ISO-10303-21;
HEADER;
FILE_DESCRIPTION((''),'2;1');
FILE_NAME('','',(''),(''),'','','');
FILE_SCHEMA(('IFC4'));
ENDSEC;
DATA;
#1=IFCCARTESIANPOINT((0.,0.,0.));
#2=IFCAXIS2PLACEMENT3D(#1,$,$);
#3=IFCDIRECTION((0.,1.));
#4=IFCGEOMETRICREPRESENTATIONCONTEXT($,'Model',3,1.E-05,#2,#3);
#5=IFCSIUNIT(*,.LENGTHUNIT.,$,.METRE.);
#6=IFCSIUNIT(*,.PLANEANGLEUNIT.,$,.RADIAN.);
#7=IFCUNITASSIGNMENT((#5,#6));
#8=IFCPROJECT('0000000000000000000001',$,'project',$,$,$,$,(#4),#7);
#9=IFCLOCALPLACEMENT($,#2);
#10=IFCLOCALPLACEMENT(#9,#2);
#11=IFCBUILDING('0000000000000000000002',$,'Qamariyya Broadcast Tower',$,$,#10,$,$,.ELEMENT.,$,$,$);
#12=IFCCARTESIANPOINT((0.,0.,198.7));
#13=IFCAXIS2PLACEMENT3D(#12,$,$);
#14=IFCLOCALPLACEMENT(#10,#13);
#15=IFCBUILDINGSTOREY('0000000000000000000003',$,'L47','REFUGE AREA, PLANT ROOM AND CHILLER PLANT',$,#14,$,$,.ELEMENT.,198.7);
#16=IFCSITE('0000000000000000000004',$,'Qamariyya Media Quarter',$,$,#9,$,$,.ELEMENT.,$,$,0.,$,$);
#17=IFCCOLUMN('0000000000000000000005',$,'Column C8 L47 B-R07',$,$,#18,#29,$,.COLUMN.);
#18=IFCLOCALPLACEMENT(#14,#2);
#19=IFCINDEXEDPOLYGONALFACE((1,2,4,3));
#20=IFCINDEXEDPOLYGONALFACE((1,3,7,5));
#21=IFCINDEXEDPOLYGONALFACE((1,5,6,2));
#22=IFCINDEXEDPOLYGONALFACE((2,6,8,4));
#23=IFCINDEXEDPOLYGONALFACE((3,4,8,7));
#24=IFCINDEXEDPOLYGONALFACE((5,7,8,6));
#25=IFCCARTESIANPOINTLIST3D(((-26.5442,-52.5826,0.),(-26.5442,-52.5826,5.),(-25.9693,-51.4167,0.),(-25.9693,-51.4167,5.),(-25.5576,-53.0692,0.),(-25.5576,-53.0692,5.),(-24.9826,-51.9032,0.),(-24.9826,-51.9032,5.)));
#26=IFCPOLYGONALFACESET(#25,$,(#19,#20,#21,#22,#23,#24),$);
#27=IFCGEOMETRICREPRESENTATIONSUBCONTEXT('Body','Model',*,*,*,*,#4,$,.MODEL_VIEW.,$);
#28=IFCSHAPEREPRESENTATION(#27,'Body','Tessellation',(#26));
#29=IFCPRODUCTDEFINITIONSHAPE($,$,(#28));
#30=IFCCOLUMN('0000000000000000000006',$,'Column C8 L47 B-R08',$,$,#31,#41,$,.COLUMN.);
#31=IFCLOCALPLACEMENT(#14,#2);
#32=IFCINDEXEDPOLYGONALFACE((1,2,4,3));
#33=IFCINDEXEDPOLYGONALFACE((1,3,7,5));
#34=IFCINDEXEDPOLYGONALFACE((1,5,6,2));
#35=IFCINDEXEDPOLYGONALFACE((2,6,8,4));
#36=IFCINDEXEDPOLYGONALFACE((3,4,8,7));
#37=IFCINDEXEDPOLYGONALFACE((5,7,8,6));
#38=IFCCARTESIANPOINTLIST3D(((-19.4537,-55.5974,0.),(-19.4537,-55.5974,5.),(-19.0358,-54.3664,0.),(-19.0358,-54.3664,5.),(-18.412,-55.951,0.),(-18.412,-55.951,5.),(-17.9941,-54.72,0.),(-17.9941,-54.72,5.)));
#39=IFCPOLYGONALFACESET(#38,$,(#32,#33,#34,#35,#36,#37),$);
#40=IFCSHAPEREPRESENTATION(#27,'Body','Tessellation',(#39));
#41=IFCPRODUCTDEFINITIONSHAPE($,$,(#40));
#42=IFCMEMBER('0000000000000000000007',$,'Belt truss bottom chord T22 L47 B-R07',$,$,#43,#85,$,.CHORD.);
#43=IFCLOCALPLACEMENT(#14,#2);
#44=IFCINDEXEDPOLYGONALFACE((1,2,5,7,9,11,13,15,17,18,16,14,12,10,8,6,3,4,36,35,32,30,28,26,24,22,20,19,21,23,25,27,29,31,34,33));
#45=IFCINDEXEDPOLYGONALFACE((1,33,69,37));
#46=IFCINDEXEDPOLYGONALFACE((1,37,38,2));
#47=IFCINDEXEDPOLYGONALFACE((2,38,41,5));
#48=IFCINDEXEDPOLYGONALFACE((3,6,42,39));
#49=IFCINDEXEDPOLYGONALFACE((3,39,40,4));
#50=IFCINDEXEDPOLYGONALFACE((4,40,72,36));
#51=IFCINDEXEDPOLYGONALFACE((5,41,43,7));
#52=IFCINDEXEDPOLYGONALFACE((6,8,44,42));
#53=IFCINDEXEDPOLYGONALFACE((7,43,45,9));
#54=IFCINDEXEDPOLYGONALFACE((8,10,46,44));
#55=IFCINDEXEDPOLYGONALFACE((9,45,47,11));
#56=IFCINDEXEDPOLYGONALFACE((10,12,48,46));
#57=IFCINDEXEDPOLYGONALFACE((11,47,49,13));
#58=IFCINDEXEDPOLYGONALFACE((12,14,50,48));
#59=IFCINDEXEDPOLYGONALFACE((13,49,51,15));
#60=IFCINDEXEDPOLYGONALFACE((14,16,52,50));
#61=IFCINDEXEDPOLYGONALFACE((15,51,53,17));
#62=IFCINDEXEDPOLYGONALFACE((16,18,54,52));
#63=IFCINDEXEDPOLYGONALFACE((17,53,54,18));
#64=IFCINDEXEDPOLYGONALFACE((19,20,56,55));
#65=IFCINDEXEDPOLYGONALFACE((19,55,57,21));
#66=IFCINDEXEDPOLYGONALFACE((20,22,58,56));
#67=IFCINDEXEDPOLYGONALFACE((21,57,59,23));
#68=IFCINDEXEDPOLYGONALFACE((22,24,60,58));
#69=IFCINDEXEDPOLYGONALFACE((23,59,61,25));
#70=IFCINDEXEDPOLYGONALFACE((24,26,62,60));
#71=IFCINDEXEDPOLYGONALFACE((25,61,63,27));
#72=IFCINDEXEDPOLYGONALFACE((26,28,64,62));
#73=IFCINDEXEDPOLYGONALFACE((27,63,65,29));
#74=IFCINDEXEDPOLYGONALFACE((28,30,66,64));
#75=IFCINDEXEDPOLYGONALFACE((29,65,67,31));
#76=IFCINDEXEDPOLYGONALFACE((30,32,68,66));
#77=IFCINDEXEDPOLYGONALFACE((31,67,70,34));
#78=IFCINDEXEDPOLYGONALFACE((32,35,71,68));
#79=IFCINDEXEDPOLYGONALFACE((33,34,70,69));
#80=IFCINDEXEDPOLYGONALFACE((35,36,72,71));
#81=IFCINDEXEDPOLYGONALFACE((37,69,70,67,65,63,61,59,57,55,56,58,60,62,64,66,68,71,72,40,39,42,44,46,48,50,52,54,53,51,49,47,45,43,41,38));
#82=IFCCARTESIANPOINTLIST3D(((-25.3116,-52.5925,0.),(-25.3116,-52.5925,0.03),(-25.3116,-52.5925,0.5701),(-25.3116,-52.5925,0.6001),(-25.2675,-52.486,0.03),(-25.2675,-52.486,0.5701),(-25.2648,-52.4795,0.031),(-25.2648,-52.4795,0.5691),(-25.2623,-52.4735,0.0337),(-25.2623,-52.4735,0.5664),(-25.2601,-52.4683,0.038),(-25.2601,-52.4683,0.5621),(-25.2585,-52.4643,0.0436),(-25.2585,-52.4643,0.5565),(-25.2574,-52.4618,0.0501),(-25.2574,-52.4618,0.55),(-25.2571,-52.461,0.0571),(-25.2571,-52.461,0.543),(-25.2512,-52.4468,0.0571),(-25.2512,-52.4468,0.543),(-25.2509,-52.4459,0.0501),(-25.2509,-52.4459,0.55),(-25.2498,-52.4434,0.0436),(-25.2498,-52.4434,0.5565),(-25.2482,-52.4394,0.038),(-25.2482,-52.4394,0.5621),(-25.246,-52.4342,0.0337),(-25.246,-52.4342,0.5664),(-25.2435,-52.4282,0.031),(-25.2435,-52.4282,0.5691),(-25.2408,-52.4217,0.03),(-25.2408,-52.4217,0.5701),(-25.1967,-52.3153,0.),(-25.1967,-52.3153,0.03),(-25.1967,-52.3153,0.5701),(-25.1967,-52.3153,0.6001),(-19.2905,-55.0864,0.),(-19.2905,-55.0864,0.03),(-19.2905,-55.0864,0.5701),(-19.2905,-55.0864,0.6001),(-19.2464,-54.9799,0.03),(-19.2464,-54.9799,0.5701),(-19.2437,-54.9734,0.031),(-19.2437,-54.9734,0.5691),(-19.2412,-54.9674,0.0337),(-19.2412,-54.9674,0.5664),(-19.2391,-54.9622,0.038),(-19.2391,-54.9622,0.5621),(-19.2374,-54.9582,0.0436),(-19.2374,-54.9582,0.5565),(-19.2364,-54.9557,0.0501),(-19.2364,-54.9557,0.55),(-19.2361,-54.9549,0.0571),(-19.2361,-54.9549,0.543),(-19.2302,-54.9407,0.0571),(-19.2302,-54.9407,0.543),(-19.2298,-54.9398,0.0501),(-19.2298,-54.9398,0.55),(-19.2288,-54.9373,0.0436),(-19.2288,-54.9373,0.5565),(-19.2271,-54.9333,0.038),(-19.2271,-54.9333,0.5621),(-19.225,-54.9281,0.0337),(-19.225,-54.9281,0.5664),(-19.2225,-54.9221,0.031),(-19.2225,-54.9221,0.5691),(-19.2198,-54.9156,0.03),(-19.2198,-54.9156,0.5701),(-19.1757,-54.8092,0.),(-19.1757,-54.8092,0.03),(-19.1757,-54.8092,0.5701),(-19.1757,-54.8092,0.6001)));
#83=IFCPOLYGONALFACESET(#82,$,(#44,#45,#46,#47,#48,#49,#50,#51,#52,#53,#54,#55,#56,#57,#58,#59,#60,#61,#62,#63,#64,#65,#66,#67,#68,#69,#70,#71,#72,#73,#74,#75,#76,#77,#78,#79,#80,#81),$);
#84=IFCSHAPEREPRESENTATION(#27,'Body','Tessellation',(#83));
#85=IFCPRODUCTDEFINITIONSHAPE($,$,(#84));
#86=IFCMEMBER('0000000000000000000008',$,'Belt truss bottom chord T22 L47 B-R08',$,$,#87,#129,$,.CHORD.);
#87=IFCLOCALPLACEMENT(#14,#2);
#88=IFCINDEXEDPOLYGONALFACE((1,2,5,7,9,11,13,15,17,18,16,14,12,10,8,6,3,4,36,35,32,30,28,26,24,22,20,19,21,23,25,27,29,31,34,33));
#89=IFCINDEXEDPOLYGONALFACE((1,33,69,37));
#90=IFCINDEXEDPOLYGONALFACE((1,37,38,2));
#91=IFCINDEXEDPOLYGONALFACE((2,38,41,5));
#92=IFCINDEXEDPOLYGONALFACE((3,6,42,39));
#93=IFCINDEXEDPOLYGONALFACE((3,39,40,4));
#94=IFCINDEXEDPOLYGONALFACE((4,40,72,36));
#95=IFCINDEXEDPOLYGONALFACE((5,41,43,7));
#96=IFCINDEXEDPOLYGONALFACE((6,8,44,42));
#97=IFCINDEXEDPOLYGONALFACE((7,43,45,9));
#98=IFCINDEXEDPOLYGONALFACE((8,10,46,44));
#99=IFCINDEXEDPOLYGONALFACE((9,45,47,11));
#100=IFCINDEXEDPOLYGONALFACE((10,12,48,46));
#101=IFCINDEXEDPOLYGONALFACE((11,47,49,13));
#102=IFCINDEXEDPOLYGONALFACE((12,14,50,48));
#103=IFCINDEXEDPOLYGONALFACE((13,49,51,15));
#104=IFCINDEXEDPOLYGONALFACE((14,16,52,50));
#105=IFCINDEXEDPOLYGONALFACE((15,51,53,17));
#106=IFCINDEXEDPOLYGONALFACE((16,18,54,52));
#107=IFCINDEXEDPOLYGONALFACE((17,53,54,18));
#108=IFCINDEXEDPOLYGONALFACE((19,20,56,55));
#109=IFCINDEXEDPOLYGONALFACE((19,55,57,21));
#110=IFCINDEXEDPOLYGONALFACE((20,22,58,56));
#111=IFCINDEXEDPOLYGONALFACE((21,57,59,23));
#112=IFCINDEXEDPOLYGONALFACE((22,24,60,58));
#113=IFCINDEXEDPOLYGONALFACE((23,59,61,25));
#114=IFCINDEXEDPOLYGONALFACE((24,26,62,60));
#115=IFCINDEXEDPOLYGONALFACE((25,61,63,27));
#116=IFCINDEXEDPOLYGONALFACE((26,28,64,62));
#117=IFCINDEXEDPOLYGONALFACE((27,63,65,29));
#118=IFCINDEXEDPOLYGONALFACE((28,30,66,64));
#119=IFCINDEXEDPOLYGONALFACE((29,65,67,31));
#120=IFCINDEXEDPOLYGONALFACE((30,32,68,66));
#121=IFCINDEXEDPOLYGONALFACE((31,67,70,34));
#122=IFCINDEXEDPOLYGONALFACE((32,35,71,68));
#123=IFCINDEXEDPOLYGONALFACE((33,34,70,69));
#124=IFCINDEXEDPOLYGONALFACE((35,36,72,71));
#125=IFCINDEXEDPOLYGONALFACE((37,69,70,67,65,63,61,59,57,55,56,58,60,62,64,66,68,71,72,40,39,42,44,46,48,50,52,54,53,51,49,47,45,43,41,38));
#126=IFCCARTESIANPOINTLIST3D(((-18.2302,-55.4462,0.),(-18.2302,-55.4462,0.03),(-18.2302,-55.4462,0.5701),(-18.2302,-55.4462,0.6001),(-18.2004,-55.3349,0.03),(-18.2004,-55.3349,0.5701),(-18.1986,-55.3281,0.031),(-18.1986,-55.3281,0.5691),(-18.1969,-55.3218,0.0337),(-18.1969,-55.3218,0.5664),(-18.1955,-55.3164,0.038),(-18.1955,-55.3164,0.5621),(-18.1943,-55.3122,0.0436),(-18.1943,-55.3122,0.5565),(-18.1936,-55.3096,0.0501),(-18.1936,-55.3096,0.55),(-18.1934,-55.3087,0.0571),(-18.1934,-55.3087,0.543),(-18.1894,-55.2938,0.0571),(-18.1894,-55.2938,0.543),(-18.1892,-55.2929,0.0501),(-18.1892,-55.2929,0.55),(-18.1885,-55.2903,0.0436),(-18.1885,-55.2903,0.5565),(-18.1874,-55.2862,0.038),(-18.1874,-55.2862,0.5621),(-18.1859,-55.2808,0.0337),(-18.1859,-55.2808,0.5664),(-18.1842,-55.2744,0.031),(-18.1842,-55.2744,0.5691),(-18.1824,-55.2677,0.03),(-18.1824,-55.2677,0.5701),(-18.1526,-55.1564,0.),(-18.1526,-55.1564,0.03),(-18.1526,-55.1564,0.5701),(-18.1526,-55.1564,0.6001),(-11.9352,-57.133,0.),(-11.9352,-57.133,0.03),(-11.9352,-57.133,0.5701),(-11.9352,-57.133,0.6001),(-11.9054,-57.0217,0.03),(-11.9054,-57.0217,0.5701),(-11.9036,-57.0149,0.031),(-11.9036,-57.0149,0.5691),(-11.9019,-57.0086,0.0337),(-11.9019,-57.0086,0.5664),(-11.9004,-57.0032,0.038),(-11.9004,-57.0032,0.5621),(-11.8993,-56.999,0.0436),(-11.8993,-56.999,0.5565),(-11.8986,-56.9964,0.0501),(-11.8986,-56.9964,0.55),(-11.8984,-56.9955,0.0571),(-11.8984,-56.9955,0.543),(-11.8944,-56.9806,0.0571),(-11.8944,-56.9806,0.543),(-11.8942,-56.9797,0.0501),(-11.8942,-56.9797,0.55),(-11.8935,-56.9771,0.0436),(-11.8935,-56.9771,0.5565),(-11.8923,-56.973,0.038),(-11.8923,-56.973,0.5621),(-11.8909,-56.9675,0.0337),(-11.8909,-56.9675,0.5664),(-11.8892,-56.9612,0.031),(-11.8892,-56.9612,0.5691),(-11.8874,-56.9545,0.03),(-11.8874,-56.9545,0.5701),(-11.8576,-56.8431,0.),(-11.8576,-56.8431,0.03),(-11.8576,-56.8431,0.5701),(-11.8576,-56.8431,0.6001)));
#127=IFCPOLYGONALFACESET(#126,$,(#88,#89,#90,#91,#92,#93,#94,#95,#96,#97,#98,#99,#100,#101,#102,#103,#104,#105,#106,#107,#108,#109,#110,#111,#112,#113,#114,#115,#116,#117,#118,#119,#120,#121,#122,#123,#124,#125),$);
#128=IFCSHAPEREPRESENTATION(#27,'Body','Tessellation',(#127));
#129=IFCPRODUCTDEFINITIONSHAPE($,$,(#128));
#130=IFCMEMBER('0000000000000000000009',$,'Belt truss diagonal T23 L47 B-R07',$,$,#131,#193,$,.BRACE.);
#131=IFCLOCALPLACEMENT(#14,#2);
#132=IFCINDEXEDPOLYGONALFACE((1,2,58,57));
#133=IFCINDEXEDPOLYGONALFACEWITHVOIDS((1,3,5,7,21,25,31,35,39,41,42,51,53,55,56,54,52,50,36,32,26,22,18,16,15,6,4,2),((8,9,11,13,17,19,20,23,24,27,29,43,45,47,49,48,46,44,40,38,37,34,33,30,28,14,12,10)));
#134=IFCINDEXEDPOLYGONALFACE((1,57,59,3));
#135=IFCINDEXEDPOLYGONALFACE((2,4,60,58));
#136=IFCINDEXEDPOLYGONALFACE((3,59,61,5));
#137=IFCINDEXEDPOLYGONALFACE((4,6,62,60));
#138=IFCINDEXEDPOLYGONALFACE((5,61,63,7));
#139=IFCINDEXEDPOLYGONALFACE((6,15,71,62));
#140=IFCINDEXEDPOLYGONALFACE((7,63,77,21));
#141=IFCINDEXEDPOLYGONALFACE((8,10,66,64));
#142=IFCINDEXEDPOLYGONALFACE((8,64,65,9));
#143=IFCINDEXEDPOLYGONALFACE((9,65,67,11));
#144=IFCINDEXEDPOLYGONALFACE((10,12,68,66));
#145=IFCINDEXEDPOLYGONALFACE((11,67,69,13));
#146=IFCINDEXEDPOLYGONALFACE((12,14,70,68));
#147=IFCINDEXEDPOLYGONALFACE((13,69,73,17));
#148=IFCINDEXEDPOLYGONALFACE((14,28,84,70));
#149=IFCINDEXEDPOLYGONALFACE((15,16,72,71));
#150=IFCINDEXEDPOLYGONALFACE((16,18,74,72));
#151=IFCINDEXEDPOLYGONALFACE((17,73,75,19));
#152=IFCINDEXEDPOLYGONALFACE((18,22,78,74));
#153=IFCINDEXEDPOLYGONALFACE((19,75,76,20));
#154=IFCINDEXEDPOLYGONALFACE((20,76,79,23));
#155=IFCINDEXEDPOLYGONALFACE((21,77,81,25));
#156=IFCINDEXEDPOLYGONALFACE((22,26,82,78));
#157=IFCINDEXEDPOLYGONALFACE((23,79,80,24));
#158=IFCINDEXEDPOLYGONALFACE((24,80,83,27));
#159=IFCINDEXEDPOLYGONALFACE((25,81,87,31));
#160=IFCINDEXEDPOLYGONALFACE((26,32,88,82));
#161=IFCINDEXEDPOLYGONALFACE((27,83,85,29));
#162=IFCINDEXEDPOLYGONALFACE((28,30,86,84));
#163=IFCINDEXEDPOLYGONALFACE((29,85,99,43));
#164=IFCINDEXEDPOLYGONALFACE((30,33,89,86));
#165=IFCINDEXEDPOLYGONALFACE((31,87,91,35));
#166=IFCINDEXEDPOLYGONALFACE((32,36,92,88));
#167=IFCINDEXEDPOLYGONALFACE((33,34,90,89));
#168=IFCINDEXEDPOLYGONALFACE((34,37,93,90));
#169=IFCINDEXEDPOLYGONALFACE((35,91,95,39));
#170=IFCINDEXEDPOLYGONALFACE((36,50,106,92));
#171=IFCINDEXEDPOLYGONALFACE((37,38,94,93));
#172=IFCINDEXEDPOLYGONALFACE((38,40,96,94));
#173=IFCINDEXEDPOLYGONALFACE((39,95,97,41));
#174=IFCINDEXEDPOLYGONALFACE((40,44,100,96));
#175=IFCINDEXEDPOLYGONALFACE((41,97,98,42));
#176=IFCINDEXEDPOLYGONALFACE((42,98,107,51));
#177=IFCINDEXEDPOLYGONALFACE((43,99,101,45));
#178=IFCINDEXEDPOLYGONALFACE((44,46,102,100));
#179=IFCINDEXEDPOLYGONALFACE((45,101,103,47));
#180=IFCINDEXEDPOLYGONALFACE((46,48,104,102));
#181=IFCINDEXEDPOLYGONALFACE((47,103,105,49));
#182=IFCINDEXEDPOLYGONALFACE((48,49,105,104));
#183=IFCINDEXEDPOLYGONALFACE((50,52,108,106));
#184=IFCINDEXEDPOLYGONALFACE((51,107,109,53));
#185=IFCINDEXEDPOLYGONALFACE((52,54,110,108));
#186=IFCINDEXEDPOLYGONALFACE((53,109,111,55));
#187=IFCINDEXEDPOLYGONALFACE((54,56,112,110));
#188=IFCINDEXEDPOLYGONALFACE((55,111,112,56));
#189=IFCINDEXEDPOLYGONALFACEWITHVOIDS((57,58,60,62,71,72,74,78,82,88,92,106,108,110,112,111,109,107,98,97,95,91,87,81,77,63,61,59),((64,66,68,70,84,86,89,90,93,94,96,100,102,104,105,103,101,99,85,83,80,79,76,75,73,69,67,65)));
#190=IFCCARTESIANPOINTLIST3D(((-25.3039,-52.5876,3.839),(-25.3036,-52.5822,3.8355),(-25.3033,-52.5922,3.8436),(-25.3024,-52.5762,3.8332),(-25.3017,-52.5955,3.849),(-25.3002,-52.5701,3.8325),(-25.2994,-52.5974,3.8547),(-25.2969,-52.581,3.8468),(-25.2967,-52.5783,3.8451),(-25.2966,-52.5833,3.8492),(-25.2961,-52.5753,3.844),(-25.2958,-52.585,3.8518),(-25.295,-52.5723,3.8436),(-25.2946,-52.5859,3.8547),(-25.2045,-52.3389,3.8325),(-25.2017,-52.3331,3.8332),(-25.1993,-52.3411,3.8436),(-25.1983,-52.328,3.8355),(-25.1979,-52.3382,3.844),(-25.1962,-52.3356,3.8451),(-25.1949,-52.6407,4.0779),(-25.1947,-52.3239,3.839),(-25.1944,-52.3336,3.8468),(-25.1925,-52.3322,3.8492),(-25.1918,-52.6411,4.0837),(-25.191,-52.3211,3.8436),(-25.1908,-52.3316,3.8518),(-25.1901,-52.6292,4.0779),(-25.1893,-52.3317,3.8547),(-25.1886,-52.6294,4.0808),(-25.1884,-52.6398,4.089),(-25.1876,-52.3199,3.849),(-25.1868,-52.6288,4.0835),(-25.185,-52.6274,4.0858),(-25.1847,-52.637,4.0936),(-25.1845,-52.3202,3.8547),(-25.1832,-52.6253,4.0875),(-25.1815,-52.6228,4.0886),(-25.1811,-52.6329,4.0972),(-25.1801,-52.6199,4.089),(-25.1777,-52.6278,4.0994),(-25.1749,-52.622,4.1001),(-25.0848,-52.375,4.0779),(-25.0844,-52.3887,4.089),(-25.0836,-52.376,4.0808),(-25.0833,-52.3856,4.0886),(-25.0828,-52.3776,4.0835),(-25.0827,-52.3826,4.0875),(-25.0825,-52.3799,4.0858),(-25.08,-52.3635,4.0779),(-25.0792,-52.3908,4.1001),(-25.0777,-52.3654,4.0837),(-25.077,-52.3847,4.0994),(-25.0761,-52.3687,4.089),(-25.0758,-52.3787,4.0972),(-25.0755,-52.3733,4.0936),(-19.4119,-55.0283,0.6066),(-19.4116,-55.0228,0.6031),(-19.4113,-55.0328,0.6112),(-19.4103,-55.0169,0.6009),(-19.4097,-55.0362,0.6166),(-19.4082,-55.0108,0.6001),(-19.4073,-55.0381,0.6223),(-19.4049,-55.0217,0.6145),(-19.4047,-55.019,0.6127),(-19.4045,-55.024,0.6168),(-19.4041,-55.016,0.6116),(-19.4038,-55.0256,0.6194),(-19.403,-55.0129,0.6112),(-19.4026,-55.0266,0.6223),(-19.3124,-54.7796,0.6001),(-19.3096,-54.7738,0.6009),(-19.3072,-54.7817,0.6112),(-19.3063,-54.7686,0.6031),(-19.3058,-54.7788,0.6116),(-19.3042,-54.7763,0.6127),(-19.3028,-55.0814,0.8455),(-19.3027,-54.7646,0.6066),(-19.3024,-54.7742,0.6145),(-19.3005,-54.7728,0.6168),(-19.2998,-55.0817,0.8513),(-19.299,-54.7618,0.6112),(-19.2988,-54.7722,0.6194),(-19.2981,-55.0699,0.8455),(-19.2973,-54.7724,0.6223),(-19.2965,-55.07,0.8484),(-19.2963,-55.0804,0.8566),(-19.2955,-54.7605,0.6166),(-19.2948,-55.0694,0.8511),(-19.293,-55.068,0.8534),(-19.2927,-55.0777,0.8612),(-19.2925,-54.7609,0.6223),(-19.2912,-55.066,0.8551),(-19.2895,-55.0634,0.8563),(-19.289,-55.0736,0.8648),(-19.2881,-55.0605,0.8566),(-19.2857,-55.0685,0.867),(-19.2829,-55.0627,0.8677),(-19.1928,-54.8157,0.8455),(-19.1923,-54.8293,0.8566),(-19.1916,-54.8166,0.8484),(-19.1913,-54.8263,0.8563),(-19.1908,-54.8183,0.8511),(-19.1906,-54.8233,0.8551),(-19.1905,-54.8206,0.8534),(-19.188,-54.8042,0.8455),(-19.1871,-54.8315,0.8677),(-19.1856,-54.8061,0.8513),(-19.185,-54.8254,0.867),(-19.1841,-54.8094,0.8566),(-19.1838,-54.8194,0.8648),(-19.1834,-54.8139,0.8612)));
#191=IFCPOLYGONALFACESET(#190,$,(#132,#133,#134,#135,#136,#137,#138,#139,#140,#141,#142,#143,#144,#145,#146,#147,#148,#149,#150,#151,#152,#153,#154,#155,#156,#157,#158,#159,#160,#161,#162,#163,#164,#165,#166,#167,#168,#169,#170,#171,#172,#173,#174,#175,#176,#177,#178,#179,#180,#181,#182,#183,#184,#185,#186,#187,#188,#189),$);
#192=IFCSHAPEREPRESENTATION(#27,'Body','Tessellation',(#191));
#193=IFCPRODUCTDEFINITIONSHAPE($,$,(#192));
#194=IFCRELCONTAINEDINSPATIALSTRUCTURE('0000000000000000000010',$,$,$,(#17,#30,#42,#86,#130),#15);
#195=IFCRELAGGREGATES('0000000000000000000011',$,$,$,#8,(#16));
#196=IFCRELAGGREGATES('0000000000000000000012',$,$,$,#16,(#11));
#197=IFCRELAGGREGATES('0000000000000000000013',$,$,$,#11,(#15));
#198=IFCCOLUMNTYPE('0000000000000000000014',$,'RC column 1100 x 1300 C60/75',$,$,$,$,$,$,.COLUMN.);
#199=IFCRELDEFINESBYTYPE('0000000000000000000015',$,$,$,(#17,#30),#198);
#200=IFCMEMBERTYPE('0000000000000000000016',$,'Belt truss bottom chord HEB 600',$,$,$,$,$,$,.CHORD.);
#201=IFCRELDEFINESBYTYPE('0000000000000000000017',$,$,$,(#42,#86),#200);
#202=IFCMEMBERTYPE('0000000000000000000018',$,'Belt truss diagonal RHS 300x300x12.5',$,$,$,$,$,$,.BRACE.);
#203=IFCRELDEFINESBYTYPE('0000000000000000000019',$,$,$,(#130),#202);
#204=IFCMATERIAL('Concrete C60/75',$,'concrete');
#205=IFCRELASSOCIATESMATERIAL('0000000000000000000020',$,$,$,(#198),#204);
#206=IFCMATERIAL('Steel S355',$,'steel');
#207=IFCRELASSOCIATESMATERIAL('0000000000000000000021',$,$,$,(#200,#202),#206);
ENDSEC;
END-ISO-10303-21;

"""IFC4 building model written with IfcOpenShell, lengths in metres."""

from ifc_helpers import new_model, si_unit, direction, frame, origin, origin_2d, place, context, subcontext, project, spatial, rectangle, hollow_rectangle, i_section, extrude, material, material_profile, profile_set, type_object, element, save


model = new_model("IFC4")

# Units and contexts
model_context = context("Model", 3, precision=1e-05, world=origin(), true_north=direction((0.0, 1.0)))
body_context = subcontext(model_context, "Body", "Model", "MODEL_VIEW")
ifc_project = project(units=[si_unit("LENGTHUNIT", "METRE"), si_unit("PLANEANGLEUNIT", "RADIAN")], contexts=[model_context])

# Site, building, storey
site_placement = place(None, origin())
site = spatial("IfcSite", under=ifc_project, at=site_placement, Name="Qamariyya Media Quarter", CompositionType="ELEMENT", RefElevation=0.0)
building_placement = place(site_placement, origin())
building = spatial("IfcBuilding", under=site, at=building_placement, Name="Qamariyya Broadcast Tower", CompositionType="ELEMENT")
storey_placement = place(building_placement, frame((0.0, 0.0, 198.7)))
storey = spatial("IfcBuildingStorey", under=building, at=storey_placement, Name="L47", Description="REFUGE AREA, PLANT ROOM AND CHILLER PLANT", CompositionType="ELEMENT", Elevation=198.7)

# Columns
ifc_material_1 = material(Name="Concrete C60/75", Category="concrete")
ifc_material_profile_1 = material_profile(ifc_material_1, rectangle(XDim=1.1001, YDim=1.3, at=origin_2d()))
ifc_profile_set_1 = profile_set([ifc_material_profile_1], Name="Concrete C60/75")
column_type = type_object("IfcColumnType", Name="RC column 1100 x 1300 C60/75", PredefinedType="COLUMN", material=ifc_profile_set_1)
for number, where, z_axis, x_axis, name in (
    (1, (-25.7634, -52.2429, 0.0), (0.0, 0.0, 1.0), (0.896873, -0.442289, 0.0), "Column C8 L47 B-R07"),
    (2, (-18.7239, -55.1587, 0.0), (0.0, 0.0, 1.0), (0.94693, -0.321439, 0.0), "Column C8 L47 B-R08"),
):
    element("IfcColumn", number, at=place(storey_placement, frame(where, z_axis=z_axis, x_axis=x_axis)), inside=storey, type_object=column_type, Name=name, PredefinedType="COLUMN", context=body_context, shape_type="SweptSolid", body=[
        extrude(rectangle(XDim=1.1001, YDim=1.3, at=origin_2d()), origin(), (0.0, 0.0, 1.0), 5.0),
    ])

# Members
ifc_material_2 = material(Name="Steel S355", Category="steel")
ifc_material_profile_2 = material_profile(ifc_material_2, i_section(OverallWidth=0.3, OverallDepth=0.6001, WebThickness=0.0154, FlangeThickness=0.03, FilletRadius=0.0271, at=origin_2d()))
ifc_profile_set_2 = profile_set([ifc_material_profile_2], Name="Steel S355")
member_type_1 = type_object("IfcMemberType", Name="Belt truss bottom chord HEB 600", PredefinedType="CHORD", material=ifc_profile_set_2)
for number, where, z_axis, x_axis, name in (
    (3, (-25.2542, -52.4539, 0.3), (0.923884, -0.382673, 0.0), (0.382673, 0.923884, 0.0), "Belt truss bottom chord T22 L47 B-R07"),
    (4, (-18.1914, -55.3013, 0.3), (0.965924, -0.258826, 0.0), (0.258826, 0.965924, 0.0), "Belt truss bottom chord T22 L47 B-R08"),
):
    element("IfcMember", number, at=place(storey_placement, frame(where, z_axis=z_axis, x_axis=x_axis)), inside=storey, type_object=member_type_1, Name=name, PredefinedType="CHORD", context=body_context, shape_type="SweptSolid", body=[
        extrude(i_section(OverallWidth=0.3, OverallDepth=0.6001, WebThickness=0.0154, FlangeThickness=0.03, FilletRadius=0.0271, at=origin_2d()), origin(), (0.0, 0.0, 1.0), 6.5171),
    ])
ifc_material_profile_3 = material_profile(ifc_material_2, hollow_rectangle(XDim=0.3, YDim=0.3, WallThickness=0.0125, InnerFilletRadius=0.0125, OuterFilletRadius=0.0249, at=origin_2d()))
ifc_profile_set_3 = profile_set([ifc_material_profile_3], Name="Steel S355")
member_type_2 = type_object("IfcMemberType", Name="Belt truss diagonal RHS 300x300x12.5", PredefinedType="BRACE", material=ifc_profile_set_3)
for number, where, z_axis, x_axis, name in (
    (5, (-25.1897, -52.4805, 3.9663), (0.824071, -0.341354, -0.452088), (0.382696, 0.923875, 0.0), "Belt truss diagonal T23 L47 B-R07"),
):
    element("IfcMember", number, at=place(storey_placement, frame(where, z_axis=z_axis, x_axis=x_axis)), inside=storey, type_object=member_type_2, Name=name, PredefinedType="BRACE", context=body_context, shape_type="SweptSolid", body=[
        extrude(hollow_rectangle(XDim=0.3, YDim=0.3, WallThickness=0.0125, InnerFilletRadius=0.0125, OuterFilletRadius=0.0249, at=origin_2d()), origin(), (0.0, 0.0, 1.0), 7.1499),
    ])

save(model, "model.ifc")
